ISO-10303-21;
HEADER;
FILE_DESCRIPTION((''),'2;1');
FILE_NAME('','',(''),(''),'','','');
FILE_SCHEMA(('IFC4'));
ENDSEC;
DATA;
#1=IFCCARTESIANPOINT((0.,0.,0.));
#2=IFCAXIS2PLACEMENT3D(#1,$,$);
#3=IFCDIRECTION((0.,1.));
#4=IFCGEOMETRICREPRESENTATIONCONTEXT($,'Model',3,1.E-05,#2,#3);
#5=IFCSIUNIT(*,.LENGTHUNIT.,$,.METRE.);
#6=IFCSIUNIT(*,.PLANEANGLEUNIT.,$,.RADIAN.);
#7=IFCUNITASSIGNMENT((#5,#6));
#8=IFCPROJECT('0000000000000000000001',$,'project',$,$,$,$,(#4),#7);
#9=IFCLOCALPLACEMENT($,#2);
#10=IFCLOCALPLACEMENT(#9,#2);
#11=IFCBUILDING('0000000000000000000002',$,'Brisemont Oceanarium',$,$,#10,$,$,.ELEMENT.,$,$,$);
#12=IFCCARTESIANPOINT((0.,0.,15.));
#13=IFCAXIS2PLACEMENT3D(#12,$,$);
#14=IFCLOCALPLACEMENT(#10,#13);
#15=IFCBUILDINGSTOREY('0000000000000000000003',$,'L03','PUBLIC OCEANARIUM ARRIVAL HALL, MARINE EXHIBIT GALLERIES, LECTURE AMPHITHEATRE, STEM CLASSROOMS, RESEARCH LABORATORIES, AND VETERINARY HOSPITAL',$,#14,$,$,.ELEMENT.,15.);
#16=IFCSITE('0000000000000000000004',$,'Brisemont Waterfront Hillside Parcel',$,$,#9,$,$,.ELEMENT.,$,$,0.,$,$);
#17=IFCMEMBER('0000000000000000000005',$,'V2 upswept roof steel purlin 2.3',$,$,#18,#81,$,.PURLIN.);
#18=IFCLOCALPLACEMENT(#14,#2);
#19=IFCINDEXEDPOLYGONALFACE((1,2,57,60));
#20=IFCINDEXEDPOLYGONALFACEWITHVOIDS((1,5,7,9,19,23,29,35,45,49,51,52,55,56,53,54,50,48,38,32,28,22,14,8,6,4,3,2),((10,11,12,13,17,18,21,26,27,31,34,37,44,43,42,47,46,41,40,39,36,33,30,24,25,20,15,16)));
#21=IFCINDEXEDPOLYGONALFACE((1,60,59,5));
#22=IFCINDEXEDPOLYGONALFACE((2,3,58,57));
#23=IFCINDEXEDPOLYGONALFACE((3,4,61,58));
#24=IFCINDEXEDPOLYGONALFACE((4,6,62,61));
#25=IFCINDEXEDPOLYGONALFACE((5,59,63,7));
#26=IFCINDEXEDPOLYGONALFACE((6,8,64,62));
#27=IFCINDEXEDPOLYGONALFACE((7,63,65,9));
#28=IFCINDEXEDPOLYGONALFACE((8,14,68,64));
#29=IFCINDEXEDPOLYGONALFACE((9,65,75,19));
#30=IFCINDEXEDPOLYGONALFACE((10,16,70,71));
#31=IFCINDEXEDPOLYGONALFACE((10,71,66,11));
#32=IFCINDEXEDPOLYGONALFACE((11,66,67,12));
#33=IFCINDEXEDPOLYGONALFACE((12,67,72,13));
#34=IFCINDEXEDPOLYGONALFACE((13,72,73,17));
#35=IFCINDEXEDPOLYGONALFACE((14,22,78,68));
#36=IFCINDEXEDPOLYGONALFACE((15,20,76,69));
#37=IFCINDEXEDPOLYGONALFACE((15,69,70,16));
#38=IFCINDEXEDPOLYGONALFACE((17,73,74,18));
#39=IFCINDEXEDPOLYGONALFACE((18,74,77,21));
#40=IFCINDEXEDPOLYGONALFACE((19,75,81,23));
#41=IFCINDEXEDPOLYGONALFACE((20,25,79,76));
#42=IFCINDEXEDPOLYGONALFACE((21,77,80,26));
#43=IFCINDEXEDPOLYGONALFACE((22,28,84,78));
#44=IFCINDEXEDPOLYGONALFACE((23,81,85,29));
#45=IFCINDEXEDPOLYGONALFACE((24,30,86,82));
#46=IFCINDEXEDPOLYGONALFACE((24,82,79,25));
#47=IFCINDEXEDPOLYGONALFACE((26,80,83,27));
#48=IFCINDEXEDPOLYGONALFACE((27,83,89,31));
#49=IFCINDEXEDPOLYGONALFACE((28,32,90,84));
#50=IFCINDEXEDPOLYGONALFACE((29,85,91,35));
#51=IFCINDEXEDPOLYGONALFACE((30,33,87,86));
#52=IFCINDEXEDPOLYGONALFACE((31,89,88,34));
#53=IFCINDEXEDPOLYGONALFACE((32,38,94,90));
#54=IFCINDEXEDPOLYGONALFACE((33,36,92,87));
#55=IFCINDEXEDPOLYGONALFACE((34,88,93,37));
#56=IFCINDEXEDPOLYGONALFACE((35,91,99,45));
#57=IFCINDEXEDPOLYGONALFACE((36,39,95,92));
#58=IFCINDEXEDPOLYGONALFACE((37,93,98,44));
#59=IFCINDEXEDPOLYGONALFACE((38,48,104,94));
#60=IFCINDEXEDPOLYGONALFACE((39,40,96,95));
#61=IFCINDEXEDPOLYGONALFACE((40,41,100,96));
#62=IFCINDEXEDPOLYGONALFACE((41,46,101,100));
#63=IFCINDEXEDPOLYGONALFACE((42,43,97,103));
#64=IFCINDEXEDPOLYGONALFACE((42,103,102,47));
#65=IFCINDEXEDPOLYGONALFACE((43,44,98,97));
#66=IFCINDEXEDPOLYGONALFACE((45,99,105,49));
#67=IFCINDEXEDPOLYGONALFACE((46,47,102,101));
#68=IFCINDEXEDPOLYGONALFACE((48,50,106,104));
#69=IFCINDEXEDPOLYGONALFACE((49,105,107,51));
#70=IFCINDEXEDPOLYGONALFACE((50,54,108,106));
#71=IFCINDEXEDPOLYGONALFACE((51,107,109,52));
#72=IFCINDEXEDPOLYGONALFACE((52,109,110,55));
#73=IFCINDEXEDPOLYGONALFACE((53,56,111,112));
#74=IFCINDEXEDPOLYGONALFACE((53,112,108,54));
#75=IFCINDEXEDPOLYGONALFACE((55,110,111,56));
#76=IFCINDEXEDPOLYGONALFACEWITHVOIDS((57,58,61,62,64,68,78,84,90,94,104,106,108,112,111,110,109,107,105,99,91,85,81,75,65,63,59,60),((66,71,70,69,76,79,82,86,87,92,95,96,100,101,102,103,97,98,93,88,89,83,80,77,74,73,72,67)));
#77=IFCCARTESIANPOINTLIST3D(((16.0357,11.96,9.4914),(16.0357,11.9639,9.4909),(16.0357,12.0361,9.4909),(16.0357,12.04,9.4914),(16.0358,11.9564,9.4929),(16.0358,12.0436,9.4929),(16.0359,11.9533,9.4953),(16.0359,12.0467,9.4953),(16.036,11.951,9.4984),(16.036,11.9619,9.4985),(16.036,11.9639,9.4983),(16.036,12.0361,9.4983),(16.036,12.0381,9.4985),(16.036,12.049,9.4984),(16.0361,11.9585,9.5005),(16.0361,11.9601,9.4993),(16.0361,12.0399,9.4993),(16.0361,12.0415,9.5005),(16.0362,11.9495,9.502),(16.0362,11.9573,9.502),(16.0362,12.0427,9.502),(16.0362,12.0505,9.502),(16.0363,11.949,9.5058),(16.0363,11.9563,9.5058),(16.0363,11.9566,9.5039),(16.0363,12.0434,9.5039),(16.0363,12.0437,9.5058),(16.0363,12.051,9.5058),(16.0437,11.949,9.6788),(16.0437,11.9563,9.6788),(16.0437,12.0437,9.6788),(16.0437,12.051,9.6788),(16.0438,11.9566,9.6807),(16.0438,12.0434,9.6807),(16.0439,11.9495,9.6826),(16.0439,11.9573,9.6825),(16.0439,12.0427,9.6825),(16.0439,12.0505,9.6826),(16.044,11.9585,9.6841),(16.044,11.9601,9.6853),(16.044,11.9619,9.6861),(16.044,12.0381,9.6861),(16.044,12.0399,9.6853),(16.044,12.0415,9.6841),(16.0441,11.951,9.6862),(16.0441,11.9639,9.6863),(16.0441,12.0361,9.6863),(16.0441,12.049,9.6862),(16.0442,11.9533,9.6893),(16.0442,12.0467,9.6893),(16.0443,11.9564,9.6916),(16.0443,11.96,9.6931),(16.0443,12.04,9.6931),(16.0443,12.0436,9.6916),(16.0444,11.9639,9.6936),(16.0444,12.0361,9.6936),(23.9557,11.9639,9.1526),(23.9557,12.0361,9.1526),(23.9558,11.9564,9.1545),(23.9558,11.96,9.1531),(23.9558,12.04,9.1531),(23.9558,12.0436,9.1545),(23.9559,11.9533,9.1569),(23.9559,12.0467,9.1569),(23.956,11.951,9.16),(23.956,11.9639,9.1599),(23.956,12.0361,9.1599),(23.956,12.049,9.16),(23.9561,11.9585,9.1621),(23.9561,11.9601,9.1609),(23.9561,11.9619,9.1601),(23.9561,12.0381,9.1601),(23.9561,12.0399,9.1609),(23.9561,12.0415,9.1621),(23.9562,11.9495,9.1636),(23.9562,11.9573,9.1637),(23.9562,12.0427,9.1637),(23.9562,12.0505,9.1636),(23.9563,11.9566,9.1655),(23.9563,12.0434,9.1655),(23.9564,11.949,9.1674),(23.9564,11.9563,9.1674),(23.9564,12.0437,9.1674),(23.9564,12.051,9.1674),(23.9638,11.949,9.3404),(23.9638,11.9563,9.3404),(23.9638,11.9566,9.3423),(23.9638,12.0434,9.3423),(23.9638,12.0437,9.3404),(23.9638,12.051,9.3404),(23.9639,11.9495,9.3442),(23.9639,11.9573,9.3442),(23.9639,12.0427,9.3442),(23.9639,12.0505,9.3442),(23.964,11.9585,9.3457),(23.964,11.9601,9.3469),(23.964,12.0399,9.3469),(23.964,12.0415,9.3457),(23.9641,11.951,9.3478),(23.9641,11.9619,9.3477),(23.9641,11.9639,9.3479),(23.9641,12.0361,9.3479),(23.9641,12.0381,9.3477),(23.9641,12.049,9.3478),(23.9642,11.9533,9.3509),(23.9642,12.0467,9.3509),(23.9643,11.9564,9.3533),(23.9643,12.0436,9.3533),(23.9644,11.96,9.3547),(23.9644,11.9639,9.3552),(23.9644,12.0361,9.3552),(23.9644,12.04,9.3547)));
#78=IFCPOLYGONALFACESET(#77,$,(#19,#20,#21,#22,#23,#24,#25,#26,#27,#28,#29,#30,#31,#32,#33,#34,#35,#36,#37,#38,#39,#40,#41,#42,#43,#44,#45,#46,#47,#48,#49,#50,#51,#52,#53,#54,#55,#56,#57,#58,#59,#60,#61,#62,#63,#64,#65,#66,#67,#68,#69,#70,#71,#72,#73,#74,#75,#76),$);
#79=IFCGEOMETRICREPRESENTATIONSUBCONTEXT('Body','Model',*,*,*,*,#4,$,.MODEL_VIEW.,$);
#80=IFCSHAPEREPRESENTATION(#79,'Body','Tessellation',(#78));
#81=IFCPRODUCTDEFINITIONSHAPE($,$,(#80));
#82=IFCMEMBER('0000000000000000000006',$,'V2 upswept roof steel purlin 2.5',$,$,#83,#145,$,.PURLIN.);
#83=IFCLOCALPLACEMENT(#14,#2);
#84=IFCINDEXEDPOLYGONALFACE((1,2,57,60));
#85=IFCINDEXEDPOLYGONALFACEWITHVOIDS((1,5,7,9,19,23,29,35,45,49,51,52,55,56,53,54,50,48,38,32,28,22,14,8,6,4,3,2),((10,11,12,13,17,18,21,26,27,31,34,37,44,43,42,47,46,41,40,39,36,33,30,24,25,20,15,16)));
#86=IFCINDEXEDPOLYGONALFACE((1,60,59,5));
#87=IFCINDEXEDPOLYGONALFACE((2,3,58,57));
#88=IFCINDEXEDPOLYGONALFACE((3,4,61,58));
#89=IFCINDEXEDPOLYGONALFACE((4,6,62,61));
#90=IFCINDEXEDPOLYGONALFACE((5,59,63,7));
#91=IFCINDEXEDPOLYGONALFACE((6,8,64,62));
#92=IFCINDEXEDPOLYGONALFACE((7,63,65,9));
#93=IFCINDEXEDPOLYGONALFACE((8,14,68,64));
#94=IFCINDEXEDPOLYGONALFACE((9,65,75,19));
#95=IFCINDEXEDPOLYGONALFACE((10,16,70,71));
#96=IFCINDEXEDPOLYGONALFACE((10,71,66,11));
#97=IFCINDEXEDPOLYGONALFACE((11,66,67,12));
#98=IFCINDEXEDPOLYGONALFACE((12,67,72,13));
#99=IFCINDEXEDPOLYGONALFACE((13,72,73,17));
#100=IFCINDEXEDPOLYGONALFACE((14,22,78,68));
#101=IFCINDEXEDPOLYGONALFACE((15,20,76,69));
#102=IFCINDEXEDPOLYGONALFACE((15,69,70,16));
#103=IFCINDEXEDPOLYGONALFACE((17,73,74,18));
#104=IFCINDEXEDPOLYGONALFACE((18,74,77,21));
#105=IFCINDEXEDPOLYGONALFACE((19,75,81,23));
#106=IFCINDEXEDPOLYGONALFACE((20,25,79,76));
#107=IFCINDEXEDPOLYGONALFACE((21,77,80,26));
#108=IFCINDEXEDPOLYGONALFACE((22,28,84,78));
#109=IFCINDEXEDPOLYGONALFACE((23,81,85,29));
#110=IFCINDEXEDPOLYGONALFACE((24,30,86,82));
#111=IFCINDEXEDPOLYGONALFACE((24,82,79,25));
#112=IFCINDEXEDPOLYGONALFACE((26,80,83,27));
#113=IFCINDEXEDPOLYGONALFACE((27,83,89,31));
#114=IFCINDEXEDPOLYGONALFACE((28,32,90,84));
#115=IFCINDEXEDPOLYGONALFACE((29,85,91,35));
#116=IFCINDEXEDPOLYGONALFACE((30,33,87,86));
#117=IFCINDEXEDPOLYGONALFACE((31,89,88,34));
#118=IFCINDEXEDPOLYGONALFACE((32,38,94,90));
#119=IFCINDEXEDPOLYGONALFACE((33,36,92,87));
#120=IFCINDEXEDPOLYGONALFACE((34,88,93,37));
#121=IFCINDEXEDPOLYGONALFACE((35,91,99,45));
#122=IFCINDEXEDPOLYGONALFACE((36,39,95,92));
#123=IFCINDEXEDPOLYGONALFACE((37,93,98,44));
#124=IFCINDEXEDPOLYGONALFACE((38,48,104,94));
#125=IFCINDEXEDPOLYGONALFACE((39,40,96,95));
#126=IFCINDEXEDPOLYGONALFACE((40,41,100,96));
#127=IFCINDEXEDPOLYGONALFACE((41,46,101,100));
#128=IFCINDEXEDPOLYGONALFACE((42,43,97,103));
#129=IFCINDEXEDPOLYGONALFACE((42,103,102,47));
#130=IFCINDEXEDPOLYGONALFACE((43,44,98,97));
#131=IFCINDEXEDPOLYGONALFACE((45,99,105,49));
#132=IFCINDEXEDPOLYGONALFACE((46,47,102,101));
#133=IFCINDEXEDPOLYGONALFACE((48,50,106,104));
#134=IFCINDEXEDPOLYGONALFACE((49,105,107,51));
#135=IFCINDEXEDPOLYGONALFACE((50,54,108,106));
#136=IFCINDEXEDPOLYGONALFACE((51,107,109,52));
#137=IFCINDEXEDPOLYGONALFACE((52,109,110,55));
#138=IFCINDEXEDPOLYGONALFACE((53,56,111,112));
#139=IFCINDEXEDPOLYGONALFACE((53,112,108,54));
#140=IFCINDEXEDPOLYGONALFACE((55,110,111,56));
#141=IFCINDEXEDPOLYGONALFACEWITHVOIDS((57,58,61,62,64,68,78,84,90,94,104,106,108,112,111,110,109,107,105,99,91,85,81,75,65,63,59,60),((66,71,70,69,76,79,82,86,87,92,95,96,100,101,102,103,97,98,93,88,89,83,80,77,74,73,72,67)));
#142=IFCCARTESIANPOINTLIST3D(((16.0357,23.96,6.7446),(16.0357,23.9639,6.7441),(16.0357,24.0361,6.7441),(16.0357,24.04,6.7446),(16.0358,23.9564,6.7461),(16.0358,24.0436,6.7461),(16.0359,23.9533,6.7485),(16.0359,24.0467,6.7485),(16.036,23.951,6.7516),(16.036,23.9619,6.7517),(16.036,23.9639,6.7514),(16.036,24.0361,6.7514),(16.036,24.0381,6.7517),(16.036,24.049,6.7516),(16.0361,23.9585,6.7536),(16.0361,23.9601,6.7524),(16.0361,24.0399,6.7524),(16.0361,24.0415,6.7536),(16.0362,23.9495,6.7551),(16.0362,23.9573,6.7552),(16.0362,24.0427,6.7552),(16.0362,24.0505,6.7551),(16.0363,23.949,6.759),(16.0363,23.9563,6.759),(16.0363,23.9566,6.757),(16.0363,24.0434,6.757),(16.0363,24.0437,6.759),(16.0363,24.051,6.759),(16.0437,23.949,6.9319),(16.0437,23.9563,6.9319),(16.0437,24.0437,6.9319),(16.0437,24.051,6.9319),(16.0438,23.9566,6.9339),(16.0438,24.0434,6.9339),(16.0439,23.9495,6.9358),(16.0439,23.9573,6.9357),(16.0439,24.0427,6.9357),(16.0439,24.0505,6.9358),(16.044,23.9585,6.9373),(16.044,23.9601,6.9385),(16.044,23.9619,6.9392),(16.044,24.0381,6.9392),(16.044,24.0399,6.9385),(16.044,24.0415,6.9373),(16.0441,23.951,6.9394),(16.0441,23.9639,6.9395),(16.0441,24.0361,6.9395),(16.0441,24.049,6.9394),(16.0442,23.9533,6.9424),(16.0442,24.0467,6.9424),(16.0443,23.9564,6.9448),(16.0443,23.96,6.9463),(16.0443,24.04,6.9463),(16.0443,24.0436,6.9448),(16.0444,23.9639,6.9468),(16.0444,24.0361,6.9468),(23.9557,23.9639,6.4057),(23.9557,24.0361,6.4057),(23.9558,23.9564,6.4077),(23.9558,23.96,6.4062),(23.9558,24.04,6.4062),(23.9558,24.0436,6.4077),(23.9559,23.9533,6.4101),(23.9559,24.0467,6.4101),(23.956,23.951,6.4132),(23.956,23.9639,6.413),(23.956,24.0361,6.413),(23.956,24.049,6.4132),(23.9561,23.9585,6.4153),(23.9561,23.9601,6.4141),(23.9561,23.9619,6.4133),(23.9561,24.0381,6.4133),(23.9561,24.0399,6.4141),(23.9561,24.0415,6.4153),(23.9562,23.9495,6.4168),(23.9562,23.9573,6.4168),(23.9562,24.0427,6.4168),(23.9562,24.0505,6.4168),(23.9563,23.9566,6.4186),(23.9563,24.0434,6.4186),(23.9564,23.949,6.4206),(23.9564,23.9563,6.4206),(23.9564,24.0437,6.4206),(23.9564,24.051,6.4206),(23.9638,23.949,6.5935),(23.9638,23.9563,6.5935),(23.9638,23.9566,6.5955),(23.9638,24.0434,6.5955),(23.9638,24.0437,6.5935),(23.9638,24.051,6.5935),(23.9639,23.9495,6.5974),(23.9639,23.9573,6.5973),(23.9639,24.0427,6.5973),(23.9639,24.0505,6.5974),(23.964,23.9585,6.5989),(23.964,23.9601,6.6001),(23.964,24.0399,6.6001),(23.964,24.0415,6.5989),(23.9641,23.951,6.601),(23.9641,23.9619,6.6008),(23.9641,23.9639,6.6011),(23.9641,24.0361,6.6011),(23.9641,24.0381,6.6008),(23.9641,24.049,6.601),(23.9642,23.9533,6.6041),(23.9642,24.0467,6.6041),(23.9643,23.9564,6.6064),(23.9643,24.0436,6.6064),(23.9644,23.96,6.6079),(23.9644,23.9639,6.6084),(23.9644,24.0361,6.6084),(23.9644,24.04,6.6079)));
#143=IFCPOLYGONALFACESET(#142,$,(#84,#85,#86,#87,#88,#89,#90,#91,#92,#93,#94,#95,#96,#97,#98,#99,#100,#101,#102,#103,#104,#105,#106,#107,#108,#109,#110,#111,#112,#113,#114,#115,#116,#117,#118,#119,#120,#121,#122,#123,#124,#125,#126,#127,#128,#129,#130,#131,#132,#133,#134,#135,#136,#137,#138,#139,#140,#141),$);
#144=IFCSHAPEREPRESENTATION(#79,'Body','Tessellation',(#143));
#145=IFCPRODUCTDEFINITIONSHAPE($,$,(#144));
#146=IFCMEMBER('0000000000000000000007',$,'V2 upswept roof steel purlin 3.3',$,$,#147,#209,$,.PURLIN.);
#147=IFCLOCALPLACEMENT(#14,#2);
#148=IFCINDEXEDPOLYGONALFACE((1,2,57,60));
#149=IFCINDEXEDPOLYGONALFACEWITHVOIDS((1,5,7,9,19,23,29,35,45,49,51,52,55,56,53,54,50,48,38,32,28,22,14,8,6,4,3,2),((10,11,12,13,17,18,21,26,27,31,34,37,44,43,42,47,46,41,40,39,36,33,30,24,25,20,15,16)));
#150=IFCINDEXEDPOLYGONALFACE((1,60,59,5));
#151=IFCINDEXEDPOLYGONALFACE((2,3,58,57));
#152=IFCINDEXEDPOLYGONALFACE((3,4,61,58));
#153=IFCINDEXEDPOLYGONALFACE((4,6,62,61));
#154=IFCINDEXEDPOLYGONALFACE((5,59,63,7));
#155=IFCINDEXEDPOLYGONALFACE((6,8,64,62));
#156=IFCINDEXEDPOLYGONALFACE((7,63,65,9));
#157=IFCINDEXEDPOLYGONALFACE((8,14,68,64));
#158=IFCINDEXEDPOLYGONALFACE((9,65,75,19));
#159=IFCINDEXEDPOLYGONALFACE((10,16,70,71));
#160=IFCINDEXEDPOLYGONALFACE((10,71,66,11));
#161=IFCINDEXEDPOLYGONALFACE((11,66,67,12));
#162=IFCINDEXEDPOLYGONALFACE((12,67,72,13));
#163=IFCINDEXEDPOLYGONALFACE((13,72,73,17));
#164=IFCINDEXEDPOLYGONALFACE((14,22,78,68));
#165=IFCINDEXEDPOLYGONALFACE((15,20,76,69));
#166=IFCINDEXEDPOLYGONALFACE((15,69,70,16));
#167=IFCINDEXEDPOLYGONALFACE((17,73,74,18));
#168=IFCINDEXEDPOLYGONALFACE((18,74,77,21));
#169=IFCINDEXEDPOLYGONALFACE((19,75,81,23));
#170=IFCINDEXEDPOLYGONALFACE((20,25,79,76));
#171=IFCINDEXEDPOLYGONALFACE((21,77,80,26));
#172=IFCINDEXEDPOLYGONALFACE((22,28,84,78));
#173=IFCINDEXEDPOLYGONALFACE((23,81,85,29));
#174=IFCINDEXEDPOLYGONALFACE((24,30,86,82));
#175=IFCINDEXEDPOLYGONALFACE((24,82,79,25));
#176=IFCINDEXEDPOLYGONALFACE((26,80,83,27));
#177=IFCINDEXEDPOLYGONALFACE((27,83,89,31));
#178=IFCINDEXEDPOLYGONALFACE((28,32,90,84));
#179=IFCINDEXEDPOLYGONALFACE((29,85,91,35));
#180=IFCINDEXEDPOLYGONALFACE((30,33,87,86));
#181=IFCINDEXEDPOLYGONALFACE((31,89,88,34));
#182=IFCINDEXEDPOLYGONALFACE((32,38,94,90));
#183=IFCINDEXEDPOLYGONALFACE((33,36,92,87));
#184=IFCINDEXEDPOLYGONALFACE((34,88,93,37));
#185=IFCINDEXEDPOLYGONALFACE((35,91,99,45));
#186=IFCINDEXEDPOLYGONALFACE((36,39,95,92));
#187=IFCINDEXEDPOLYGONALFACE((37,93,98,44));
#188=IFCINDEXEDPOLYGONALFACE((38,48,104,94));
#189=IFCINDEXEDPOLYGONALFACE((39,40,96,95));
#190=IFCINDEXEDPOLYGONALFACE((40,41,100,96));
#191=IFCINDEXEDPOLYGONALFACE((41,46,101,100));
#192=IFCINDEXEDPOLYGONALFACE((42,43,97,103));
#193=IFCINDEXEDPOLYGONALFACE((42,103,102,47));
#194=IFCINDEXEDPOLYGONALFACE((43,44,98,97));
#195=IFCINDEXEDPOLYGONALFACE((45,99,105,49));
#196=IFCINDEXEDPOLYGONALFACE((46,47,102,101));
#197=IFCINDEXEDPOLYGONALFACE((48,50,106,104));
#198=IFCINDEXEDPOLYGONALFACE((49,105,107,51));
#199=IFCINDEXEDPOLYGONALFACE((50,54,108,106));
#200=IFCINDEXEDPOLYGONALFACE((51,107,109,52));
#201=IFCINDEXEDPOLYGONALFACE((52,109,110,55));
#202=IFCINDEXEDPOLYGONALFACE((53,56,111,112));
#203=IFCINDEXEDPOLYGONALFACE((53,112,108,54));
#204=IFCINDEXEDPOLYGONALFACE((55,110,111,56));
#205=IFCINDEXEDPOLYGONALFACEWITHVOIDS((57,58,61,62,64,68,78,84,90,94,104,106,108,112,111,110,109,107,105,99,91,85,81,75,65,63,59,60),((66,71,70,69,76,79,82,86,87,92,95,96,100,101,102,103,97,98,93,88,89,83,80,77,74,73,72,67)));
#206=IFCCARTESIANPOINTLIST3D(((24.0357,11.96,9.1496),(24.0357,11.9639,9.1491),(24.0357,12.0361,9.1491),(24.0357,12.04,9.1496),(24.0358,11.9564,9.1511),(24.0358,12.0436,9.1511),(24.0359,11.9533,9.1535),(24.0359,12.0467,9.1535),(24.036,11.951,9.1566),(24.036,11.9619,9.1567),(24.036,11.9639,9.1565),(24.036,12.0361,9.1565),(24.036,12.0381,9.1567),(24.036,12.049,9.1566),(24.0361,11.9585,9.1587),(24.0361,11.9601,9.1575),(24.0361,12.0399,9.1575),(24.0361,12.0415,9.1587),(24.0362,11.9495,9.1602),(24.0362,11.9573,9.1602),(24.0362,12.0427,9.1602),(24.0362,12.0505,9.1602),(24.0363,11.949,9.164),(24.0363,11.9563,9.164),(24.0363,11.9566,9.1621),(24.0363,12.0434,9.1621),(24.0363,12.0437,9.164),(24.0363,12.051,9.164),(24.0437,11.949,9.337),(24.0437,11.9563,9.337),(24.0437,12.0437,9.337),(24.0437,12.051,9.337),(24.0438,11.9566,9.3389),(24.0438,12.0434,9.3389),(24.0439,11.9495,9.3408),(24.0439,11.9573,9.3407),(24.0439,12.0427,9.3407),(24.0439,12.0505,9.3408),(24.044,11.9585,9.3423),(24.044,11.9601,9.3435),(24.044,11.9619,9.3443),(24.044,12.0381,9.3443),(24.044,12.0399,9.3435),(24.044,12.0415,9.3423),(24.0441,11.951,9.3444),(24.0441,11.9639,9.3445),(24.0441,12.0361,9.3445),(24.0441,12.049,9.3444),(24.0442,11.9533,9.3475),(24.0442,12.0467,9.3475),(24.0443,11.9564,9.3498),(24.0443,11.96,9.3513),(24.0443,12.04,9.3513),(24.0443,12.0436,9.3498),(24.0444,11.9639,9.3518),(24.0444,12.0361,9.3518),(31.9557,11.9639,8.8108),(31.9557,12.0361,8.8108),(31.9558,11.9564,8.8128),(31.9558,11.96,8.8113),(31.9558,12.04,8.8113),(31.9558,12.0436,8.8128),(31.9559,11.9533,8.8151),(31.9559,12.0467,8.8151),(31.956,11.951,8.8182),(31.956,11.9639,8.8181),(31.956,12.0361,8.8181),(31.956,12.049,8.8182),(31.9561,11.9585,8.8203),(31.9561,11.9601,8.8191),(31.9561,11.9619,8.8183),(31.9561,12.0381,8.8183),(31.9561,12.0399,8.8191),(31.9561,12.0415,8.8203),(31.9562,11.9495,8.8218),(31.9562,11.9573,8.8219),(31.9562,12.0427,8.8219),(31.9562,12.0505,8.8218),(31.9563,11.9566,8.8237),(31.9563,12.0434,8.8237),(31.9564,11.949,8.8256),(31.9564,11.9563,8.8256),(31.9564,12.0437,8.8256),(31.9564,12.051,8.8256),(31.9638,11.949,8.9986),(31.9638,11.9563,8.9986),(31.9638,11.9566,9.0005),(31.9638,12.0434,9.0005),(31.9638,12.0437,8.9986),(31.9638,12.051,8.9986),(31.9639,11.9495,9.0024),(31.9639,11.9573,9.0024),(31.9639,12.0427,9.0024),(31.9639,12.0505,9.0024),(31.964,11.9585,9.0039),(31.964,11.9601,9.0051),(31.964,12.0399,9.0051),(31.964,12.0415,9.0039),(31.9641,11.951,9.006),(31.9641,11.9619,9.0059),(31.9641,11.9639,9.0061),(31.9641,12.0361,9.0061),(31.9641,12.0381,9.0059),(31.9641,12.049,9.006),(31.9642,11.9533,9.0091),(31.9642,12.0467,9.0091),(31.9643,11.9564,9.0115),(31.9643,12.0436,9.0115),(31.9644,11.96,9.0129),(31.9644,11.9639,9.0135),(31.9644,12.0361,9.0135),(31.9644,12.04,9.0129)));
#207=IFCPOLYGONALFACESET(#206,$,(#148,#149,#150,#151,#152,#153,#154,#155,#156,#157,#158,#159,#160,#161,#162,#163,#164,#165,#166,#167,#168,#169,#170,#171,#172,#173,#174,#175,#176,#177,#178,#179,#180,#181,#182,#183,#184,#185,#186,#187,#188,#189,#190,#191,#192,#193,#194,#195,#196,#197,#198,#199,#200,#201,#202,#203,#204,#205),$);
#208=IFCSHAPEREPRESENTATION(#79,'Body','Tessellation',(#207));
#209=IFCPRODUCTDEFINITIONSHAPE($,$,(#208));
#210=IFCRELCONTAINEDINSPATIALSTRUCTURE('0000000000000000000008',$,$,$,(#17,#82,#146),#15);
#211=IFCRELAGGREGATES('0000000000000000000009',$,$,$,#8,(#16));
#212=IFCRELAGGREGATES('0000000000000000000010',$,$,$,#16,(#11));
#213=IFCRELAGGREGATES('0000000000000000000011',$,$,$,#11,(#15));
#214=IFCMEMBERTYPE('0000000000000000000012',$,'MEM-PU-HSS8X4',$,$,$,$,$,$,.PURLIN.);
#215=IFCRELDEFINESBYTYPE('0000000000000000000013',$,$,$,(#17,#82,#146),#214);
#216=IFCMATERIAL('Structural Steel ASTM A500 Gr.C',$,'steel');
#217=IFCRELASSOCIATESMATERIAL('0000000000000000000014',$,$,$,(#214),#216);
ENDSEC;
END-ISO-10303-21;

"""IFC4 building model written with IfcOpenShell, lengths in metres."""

from ifc_helpers import new_model, si_unit, direction, frame, origin, origin_2d, place, context, subcontext, project, spatial, hollow_rectangle, extrude, material, material_profile, profile_set, type_object, element, save


model = new_model("IFC4")

# Units and contexts
model_context = context("Model", 3, precision=1e-05, world=origin(), true_north=direction((0.0, 1.0)))
body_context = subcontext(model_context, "Body", "Model", "MODEL_VIEW")
ifc_project = project(units=[si_unit("LENGTHUNIT", "METRE"), si_unit("PLANEANGLEUNIT", "RADIAN")], contexts=[model_context])

# Site, building, storey
site_placement = place(None, origin())
site = spatial("IfcSite", under=ifc_project, at=site_placement, Name="Brisemont Waterfront Hillside Parcel", CompositionType="ELEMENT", RefElevation=0.0)
building_placement = place(site_placement, origin())
building = spatial("IfcBuilding", under=site, at=building_placement, Name="Brisemont Oceanarium", CompositionType="ELEMENT")
storey_placement = place(building_placement, frame((0.0, 0.0, 15.0)))
storey = spatial("IfcBuildingStorey", under=building, at=storey_placement, Name="L03", Description="PUBLIC OCEANARIUM ARRIVAL HALL, MARINE EXHIBIT GALLERIES, LECTURE AMPHITHEATRE, STEM CLASSROOMS, RESEARCH LABORATORIES, AND VETERINARY HOSPITAL", CompositionType="ELEMENT", Elevation=15.0)

# Members
ifc_material_1 = material(Name="Structural Steel ASTM A500 Gr.C", Category="steel")
ifc_material_profile_1 = material_profile(ifc_material_1, hollow_rectangle(XDim=0.1021, YDim=0.2029, WallThickness=0.0073, InnerFilletRadius=0.0076, OuterFilletRadius=0.0149, at=origin_2d()), Name="HSS8X4X5/16")
ifc_profile_set_1 = profile_set([ifc_material_profile_1], Name="Structural Steel ASTM A500 Gr.C")
member_type_1 = type_object("IfcMemberType", Name="MEM-PU-HSS8X4", PredefinedType="PURLIN", material=ifc_profile_set_1)
for number, where, z_axis, x_axis, name in (
    (1, (16.04, 12.0, 9.5923), (0.999089, 0.0, -0.042686), (0.0, 1.0, 0.0), "V2 upswept roof steel purlin 2.3"),
    (2, (16.04, 24.0, 6.8455), (0.999089, 0.0, -0.042686), (0.0, 1.0, 0.0), "V2 upswept roof steel purlin 2.5"),
    (3, (24.04, 12.0, 9.2505), (0.999089, 0.0, -0.042686), (0.0, 1.0, 0.0), "V2 upswept roof steel purlin 3.3"),
):
    element("IfcMember", number, at=place(storey_placement, frame(where, z_axis=z_axis, x_axis=x_axis)), inside=storey, type_object=member_type_1, Name=name, PredefinedType="PURLIN", context=body_context, shape_type="SweptSolid", body=[
        extrude(hollow_rectangle(XDim=0.1021, YDim=0.2029, WallThickness=0.0073, InnerFilletRadius=0.0076, OuterFilletRadius=0.0149, at=origin_2d()), origin(), (0.0, 0.0, 1.0), 7.9272),
    ])

save(model, "model.ifc")
